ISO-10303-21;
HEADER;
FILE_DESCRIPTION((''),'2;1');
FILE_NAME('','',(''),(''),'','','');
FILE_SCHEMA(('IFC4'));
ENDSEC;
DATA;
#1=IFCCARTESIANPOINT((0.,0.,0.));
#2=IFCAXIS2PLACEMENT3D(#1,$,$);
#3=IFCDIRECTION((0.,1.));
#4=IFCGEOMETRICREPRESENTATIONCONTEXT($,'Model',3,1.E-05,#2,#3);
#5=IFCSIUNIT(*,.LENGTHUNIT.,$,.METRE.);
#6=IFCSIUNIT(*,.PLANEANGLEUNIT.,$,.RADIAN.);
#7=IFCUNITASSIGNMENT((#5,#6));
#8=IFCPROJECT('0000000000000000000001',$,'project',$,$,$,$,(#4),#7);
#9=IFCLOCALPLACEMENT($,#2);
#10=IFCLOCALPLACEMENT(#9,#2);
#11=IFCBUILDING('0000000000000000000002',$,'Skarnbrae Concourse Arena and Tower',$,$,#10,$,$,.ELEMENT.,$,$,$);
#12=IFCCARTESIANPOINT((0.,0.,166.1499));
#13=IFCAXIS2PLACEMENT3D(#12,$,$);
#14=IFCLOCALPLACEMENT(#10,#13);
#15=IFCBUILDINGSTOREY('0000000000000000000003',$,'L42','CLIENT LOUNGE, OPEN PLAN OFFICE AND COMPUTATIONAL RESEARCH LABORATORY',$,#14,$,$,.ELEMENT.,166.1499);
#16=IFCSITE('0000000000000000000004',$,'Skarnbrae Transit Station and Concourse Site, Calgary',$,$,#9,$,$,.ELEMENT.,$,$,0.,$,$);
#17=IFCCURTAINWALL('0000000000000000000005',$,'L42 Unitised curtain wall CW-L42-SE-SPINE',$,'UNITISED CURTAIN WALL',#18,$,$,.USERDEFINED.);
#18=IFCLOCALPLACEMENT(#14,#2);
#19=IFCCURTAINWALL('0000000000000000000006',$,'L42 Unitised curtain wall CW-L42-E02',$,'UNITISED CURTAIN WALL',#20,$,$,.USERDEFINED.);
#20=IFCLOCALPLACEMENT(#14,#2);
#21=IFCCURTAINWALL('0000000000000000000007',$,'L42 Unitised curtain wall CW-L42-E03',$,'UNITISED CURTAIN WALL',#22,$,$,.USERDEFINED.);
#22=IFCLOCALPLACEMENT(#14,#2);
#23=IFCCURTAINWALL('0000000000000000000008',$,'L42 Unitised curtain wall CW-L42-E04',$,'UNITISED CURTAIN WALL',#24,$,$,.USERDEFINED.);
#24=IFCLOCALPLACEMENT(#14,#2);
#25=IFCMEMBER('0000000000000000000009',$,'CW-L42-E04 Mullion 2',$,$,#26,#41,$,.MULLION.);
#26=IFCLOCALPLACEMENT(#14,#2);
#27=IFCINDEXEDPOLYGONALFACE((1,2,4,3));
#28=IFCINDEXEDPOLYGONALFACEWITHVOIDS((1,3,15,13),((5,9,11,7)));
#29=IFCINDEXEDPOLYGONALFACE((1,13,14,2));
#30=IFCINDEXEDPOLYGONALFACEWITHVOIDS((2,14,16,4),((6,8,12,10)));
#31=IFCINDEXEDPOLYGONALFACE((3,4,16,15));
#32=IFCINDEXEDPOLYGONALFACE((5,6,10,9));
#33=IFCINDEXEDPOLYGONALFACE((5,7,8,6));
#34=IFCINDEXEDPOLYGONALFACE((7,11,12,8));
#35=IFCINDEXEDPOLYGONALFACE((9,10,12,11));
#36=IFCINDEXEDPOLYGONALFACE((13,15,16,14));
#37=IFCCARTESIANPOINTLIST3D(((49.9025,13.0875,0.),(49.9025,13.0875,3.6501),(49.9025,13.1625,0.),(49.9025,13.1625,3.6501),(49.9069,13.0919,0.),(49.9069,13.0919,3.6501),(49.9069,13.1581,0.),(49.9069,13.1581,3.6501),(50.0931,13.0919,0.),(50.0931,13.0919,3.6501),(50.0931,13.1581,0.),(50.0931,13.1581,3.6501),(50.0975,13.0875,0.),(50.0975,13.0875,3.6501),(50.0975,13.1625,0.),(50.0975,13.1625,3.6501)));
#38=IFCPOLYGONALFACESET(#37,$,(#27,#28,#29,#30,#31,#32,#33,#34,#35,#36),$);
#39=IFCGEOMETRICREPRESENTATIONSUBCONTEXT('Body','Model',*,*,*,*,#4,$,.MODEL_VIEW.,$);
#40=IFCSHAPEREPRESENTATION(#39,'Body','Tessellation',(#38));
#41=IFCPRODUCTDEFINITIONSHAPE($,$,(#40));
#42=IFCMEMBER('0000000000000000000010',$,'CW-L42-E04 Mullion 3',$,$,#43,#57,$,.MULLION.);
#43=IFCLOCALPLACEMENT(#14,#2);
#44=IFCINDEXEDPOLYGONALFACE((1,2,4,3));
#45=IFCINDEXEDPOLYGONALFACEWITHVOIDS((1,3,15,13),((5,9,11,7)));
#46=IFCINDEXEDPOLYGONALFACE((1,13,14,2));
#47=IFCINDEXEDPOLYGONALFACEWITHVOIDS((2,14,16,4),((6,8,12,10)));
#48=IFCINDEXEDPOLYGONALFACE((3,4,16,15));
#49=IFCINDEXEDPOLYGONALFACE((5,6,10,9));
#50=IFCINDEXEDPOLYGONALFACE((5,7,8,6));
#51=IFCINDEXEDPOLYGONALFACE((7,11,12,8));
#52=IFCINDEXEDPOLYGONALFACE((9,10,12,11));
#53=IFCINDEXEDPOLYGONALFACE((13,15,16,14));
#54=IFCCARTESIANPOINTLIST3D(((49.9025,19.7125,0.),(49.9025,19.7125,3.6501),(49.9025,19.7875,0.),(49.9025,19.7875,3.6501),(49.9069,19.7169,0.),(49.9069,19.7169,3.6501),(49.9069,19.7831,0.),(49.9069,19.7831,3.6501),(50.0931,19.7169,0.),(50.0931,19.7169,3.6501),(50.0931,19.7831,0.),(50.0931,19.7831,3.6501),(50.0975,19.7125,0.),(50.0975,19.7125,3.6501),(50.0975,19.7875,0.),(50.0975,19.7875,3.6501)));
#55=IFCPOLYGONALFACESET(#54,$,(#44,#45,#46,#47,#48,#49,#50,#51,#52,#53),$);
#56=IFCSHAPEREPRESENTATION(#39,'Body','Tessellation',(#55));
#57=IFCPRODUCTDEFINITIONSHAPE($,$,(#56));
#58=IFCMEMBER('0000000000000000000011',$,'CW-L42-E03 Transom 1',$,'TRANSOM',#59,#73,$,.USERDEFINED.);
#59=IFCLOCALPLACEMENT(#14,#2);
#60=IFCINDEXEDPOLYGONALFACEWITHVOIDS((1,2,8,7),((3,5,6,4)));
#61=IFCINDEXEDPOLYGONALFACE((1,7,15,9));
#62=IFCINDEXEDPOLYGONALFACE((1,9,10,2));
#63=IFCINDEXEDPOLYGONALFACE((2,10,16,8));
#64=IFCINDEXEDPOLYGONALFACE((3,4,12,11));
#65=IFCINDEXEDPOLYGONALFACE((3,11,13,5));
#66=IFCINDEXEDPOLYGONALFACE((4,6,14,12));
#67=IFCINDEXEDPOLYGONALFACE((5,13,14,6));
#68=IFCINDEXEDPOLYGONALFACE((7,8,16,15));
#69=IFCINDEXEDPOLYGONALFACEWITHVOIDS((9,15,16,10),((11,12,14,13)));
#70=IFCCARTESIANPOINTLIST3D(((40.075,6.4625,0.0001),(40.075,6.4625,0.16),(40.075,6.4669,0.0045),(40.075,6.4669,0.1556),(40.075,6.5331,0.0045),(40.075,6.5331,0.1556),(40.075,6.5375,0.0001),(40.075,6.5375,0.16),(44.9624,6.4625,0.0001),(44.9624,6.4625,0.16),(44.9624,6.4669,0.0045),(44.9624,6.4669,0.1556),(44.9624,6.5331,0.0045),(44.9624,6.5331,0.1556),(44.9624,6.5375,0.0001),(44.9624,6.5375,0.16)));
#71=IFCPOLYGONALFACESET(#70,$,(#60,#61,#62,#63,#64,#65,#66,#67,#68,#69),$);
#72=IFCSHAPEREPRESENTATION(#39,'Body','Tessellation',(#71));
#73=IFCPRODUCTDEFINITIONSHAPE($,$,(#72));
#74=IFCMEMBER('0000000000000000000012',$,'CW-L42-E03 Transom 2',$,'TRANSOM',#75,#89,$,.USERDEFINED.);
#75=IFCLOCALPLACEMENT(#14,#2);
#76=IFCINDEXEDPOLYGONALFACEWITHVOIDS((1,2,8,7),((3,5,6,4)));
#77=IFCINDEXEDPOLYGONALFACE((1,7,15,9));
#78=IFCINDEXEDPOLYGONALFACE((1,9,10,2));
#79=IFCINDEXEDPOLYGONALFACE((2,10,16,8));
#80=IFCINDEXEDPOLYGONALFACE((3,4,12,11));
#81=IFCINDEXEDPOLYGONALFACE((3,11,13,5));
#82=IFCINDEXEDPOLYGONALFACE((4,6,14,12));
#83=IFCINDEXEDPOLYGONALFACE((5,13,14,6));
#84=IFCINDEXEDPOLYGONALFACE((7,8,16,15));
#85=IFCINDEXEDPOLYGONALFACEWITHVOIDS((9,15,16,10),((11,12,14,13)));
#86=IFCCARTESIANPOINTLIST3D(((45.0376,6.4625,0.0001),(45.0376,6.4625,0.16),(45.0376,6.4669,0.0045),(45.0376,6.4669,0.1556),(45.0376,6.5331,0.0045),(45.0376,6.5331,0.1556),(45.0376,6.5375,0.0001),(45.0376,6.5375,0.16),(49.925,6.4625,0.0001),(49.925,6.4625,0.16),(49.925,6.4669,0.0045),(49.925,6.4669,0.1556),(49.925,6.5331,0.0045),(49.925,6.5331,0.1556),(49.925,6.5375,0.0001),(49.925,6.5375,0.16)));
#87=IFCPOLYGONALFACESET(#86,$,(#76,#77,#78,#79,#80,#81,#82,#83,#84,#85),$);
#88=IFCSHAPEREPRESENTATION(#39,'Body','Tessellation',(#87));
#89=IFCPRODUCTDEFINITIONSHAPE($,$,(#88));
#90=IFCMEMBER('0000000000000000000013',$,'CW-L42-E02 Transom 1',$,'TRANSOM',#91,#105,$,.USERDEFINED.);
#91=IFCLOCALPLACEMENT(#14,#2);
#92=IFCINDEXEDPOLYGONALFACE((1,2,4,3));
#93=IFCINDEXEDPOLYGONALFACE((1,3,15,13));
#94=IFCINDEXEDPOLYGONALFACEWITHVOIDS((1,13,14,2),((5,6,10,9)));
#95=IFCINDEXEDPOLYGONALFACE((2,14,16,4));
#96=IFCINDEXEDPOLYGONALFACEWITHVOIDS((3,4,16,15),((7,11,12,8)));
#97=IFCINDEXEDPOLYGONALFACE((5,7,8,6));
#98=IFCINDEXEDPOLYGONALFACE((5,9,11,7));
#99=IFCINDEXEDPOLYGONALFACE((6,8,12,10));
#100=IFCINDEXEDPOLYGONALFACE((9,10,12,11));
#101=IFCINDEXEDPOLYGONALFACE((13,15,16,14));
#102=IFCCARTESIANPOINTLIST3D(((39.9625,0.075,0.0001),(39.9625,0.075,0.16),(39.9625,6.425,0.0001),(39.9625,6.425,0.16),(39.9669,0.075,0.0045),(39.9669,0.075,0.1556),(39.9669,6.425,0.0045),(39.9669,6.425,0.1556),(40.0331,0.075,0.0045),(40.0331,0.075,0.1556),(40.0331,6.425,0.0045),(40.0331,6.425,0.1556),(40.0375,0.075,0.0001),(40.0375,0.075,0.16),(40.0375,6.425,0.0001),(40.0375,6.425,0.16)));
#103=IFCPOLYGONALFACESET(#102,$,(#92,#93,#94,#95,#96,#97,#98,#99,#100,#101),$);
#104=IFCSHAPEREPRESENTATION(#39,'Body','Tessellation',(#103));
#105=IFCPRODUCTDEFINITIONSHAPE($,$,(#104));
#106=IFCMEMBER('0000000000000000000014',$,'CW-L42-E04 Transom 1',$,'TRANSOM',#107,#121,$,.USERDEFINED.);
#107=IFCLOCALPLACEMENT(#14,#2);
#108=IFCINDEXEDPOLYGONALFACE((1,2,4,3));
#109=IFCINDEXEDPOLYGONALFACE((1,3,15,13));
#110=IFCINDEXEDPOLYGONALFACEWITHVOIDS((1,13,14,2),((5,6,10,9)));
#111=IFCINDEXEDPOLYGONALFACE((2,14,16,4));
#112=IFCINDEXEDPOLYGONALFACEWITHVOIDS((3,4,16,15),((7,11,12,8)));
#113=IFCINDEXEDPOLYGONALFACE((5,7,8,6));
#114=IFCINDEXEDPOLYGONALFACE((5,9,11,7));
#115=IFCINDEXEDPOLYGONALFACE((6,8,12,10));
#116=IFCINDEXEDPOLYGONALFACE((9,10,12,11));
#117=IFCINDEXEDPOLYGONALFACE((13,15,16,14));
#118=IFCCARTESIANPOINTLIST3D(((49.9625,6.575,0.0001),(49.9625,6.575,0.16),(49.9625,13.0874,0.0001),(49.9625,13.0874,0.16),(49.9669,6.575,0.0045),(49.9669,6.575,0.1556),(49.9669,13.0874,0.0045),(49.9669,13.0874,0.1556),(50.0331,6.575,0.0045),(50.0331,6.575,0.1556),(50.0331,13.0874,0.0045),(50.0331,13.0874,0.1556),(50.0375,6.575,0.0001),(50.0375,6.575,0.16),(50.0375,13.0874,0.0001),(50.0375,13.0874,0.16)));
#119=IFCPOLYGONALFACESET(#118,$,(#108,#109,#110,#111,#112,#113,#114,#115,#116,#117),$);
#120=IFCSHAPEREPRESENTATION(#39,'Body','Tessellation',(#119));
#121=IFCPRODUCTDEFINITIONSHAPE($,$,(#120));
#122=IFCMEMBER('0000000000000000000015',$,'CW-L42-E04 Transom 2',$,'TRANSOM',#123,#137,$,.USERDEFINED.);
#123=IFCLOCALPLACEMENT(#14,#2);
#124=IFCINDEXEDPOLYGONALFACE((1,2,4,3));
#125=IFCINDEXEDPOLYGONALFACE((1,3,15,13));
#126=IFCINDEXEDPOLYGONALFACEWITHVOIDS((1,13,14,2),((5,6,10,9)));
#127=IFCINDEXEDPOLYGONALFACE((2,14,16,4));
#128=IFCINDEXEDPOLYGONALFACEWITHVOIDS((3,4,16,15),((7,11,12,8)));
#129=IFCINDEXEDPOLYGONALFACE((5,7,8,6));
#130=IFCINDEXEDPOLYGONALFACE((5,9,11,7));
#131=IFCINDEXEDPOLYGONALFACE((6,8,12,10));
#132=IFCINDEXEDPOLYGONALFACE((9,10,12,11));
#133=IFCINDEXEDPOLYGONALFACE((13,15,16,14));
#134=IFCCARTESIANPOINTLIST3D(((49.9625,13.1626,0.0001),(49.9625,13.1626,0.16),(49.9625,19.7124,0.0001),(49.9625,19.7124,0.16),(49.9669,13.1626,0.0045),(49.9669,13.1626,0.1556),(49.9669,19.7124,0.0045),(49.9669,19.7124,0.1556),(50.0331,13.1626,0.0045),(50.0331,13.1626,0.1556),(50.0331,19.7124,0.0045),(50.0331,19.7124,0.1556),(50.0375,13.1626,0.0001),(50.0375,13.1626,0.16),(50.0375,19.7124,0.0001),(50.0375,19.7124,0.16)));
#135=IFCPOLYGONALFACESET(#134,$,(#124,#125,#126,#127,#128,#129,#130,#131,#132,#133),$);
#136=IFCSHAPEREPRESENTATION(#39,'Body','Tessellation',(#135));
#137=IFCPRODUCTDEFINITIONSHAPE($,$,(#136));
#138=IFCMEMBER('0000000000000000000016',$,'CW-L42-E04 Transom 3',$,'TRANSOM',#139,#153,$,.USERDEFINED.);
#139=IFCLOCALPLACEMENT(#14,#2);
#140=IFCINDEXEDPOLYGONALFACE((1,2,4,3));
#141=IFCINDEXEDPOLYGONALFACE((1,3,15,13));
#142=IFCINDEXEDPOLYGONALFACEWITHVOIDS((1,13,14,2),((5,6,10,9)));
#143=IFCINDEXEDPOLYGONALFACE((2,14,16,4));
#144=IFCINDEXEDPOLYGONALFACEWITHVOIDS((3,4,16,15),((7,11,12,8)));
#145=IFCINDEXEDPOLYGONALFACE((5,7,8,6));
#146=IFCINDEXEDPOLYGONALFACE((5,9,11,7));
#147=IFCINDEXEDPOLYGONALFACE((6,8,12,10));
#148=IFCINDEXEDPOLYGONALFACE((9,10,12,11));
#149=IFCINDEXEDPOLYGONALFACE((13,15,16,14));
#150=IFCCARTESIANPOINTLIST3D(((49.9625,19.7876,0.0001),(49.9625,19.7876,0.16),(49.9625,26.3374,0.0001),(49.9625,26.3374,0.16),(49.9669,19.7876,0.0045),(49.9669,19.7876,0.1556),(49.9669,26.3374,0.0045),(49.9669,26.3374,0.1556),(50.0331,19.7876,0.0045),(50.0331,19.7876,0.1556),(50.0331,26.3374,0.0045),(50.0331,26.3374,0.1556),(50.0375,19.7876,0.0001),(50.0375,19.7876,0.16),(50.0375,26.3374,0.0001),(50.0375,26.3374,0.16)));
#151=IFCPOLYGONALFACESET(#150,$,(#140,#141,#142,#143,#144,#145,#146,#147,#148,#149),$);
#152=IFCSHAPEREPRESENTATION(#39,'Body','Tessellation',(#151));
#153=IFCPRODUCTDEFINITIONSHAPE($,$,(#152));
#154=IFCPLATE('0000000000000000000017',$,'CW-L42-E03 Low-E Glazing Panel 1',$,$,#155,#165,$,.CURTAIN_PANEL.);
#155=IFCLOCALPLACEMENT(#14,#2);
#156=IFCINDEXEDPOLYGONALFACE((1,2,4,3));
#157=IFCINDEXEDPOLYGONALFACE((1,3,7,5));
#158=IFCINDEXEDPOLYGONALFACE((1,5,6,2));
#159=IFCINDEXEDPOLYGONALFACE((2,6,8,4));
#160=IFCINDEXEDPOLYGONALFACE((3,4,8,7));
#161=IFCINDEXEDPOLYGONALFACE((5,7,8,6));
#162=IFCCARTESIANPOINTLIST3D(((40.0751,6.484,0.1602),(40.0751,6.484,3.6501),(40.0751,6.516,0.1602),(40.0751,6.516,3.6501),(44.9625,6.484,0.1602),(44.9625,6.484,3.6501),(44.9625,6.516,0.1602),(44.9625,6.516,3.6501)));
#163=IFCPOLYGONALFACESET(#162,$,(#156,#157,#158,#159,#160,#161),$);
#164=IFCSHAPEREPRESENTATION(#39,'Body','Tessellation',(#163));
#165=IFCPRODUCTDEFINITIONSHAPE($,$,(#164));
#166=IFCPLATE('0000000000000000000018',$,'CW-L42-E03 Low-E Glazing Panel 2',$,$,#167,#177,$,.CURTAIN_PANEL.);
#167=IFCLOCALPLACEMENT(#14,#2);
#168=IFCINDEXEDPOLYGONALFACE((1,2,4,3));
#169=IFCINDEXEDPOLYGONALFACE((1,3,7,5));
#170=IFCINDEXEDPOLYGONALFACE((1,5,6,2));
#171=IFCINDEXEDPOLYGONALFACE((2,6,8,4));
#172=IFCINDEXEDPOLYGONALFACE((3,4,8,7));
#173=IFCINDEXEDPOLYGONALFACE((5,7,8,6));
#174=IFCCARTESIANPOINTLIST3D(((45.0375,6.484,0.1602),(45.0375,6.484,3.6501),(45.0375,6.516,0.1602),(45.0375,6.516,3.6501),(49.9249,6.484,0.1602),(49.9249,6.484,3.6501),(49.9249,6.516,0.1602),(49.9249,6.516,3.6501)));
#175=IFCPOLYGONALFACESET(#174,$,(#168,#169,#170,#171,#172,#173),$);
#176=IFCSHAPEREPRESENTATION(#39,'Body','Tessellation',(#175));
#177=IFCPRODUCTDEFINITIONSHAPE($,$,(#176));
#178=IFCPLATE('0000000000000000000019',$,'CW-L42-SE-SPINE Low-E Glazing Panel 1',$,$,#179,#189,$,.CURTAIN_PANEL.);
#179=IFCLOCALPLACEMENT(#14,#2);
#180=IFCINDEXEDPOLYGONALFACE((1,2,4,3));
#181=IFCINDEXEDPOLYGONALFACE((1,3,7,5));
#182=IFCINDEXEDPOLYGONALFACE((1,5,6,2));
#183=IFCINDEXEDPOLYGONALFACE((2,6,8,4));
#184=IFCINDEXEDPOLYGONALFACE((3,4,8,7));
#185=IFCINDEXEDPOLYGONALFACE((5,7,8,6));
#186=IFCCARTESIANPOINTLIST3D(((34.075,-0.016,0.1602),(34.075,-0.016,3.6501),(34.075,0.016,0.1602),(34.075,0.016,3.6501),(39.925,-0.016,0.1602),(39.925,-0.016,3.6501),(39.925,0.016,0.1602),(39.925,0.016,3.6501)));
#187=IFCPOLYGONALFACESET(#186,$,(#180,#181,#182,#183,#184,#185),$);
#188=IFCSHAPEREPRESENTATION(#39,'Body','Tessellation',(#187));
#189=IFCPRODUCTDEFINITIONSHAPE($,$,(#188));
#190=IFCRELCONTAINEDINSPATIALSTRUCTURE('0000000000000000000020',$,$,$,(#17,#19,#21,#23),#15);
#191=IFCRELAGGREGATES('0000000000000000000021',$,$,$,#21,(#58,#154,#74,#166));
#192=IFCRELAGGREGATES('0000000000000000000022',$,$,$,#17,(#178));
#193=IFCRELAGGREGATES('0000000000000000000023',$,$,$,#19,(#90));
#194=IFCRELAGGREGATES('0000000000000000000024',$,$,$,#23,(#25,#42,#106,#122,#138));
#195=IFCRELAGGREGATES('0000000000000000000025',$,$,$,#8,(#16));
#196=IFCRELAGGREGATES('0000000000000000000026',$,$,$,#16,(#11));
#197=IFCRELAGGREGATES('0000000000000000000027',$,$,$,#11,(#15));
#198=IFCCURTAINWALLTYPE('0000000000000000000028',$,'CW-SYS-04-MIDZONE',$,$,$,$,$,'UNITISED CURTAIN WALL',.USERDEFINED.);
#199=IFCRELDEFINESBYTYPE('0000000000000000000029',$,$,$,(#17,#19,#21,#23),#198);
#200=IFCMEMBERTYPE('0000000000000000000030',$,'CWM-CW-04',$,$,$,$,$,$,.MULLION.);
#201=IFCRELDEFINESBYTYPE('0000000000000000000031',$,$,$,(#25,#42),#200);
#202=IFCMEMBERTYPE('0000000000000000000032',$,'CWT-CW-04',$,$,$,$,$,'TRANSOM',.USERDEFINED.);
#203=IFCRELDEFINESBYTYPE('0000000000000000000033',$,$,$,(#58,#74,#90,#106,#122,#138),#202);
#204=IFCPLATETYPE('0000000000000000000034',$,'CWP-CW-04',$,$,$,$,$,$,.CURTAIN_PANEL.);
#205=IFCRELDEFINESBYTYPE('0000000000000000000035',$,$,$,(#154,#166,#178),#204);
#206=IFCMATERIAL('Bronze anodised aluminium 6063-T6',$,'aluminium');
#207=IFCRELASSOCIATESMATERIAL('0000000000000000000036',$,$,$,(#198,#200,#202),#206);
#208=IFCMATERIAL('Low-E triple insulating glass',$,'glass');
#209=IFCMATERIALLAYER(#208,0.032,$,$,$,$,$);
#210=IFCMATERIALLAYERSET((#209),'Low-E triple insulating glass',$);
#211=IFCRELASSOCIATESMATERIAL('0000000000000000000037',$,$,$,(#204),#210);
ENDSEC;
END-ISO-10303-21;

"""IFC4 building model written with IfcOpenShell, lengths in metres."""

from ifc_helpers import new_model, si_unit, direction, frame, origin, origin_2d, place, context, subcontext, project, spatial, rectangle, hollow_rectangle, extrude, source, transform, mapped, material, layer, layer_set, material_profile, profile_set, type_object, element, aggregate, save


model = new_model("IFC4")

# Units and contexts
model_context = context("Model", 3, precision=1e-05, world=origin(), true_north=direction((0.0, 1.0)))
body_context = subcontext(model_context, "Body", "Model", "MODEL_VIEW")
ifc_project = project(units=[si_unit("LENGTHUNIT", "METRE"), si_unit("PLANEANGLEUNIT", "RADIAN")], contexts=[model_context])

# Site, building, storey
site_placement = place(None, origin())
site = spatial("IfcSite", under=ifc_project, at=site_placement, Name="Skarnbrae Transit Station and Concourse Site, Calgary", CompositionType="ELEMENT", RefElevation=0.0)
building_placement = place(site_placement, origin())
building = spatial("IfcBuilding", under=site, at=building_placement, Name="Skarnbrae Concourse Arena and Tower", CompositionType="ELEMENT")
storey_placement = place(building_placement, frame((0.0, 0.0, 166.1499)))
storey = spatial("IfcBuildingStorey", under=building, at=storey_placement, Name="L42", Description="CLIENT LOUNGE, OPEN PLAN OFFICE AND COMPUTATIONAL RESEARCH LABORATORY", CompositionType="ELEMENT", Elevation=166.1499)

# Curtain wall
ifc_material_1 = material(Name="Bronze anodised aluminium 6063-T6", Category="aluminium")
curtain_wall_type = type_object("IfcCurtainWallType", Name="CW-SYS-04-MIDZONE", ElementType="UNITISED CURTAIN WALL", PredefinedType="USERDEFINED", material=ifc_material_1)
curtain_wall_1_placement = place(storey_placement, origin())
curtain_wall_1 = element("IfcCurtainWall", 1, at=curtain_wall_1_placement, inside=storey, type_object=curtain_wall_type, Name="L42 Unitised curtain wall CW-L42-SE-SPINE", ObjectType="UNITISED CURTAIN WALL", PredefinedType="USERDEFINED")
ifc_material_profile_1 = material_profile(ifc_material_1, hollow_rectangle(XDim=0.075, YDim=0.1951, WallThickness=0.0044, at=origin_2d()), Name="ALU-MULL-75X195")
ifc_profile_set_1 = profile_set([ifc_material_profile_1], Name="Bronze anodised aluminium 6063-T6")
member_type_1 = type_object("IfcMemberType", Name="CWM-CW-04", PredefinedType="MULLION", material=ifc_profile_set_1)
shared_shape_1 = source(origin(), body_context, "Body", "SweptSolid", [
    extrude(hollow_rectangle(XDim=0.075, YDim=0.1951, WallThickness=0.0044, at=origin_2d()), origin(), (0.0, 0.0, 1.0), 3.6501),
])

# Curtain walls, members
curtain_wall_2_placement = place(storey_placement, origin())
curtain_wall_2 = element("IfcCurtainWall", 2, at=curtain_wall_2_placement, inside=storey, type_object=curtain_wall_type, Name="L42 Unitised curtain wall CW-L42-E02", ObjectType="UNITISED CURTAIN WALL", PredefinedType="USERDEFINED")
curtain_wall_3_placement = place(storey_placement, origin())
curtain_wall_3 = element("IfcCurtainWall", 3, at=curtain_wall_3_placement, inside=storey, type_object=curtain_wall_type, Name="L42 Unitised curtain wall CW-L42-E03", ObjectType="UNITISED CURTAIN WALL", PredefinedType="USERDEFINED")
curtain_wall_4_placement = place(storey_placement, origin())
curtain_wall_4 = element("IfcCurtainWall", 4, at=curtain_wall_4_placement, inside=storey, type_object=curtain_wall_type, Name="L42 Unitised curtain wall CW-L42-E04", ObjectType="UNITISED CURTAIN WALL", PredefinedType="USERDEFINED")
member_1_placement = place(storey_placement, frame((50.0, 13.125, 0.0), z_axis=(0.0, 0.0, 1.0), x_axis=(0.0, 1.0, 0.0)))
member_1 = element("IfcMember", 5, at=member_1_placement, type_object=member_type_1, Name="CW-L42-E04 Mullion 2", PredefinedType="MULLION", context=body_context, shape_type="MappedRepresentation", body=[
    mapped(shared_shape_1, transform((0.0, 0.0, 0.0))),
])
member_2_placement = place(storey_placement, frame((50.0, 19.75, 0.0), z_axis=(0.0, 0.0, 1.0), x_axis=(0.0, 1.0, 0.0)))
member_2 = element("IfcMember", 6, at=member_2_placement, type_object=member_type_1, Name="CW-L42-E04 Mullion 3", PredefinedType="MULLION", context=body_context, shape_type="MappedRepresentation", body=[
    mapped(shared_shape_1, transform((0.0, 0.0, 0.0))),
])

# Members
ifc_material_profile_2 = material_profile(ifc_material_1, hollow_rectangle(XDim=0.075, YDim=0.1599, WallThickness=0.0044, at=origin_2d()), Name="ALU-TRAN-75X160")
ifc_profile_set_2 = profile_set([ifc_material_profile_2], Name="Bronze anodised aluminium 6063-T6")
member_type_2 = type_object("IfcMemberType", Name="CWT-CW-04", ElementType="TRANSOM", PredefinedType="USERDEFINED", material=ifc_profile_set_2)
shared_shape_2 = source(origin(), body_context, "Body", "SweptSolid", [
    extrude(hollow_rectangle(XDim=0.075, YDim=0.1599, WallThickness=0.0044, at=origin_2d()), origin(), (0.0, 0.0, 1.0), 4.8875),
])
member_3_placement = place(storey_placement, frame((40.075, 6.5, 0.0801), z_axis=(1.0, 0.0, 0.0), x_axis=(0.0, 1.0, 0.0)))
member_3 = element("IfcMember", 7, at=member_3_placement, type_object=member_type_2, Name="CW-L42-E03 Transom 1", ObjectType="TRANSOM", PredefinedType="USERDEFINED", context=body_context, shape_type="MappedRepresentation", body=[
    mapped(shared_shape_2, transform((0.0, 0.0, 0.0))),
])
member_4_placement = place(storey_placement, frame((45.0376, 6.5, 0.0801), z_axis=(1.0, 0.0, 0.0), x_axis=(0.0, 1.0, 0.0)))
member_4 = element("IfcMember", 8, at=member_4_placement, type_object=member_type_2, Name="CW-L42-E03 Transom 2", ObjectType="TRANSOM", PredefinedType="USERDEFINED", context=body_context, shape_type="MappedRepresentation", body=[
    mapped(shared_shape_2, transform((0.0, 0.0, 0.0))),
])
shared_shape_3 = source(origin(), body_context, "Body", "SweptSolid", [
    extrude(hollow_rectangle(XDim=0.075, YDim=0.1599, WallThickness=0.0044, at=origin_2d()), origin(), (0.0, 0.0, 1.0), 6.3501),
])
member_5_placement = place(storey_placement, frame((40.0, 0.075, 0.0801), z_axis=(0.0, 1.0, 0.0), x_axis=(-1.0, 0.0, 0.0)))
member_5 = element("IfcMember", 9, at=member_5_placement, type_object=member_type_2, Name="CW-L42-E02 Transom 1", ObjectType="TRANSOM", PredefinedType="USERDEFINED", context=body_context, shape_type="MappedRepresentation", body=[
    mapped(shared_shape_3, transform((0.0, 0.0, 0.0))),
])
shared_shape_4 = source(origin(), body_context, "Body", "SweptSolid", [
    extrude(hollow_rectangle(XDim=0.075, YDim=0.1599, WallThickness=0.0044, at=origin_2d()), origin(), (0.0, 0.0, 1.0), 6.5125),
])
member_6_placement = place(storey_placement, frame((50.0, 6.575, 0.0801), z_axis=(0.0, 1.0, 0.0), x_axis=(-1.0, 0.0, 0.0)))
member_6 = element("IfcMember", 10, at=member_6_placement, type_object=member_type_2, Name="CW-L42-E04 Transom 1", ObjectType="TRANSOM", PredefinedType="USERDEFINED", context=body_context, shape_type="MappedRepresentation", body=[
    mapped(shared_shape_4, transform((0.0, 0.0, 0.0))),
])
shared_shape_5 = source(origin(), body_context, "Body", "SweptSolid", [
    extrude(hollow_rectangle(XDim=0.075, YDim=0.1599, WallThickness=0.0044, at=origin_2d()), origin(), (0.0, 0.0, 1.0), 6.5498),
])
member_7_placement = place(storey_placement, frame((50.0, 13.1626, 0.0801), z_axis=(0.0, 1.0, 0.0), x_axis=(-1.0, 0.0, 0.0)))
member_7 = element("IfcMember", 11, at=member_7_placement, type_object=member_type_2, Name="CW-L42-E04 Transom 2", ObjectType="TRANSOM", PredefinedType="USERDEFINED", context=body_context, shape_type="MappedRepresentation", body=[
    mapped(shared_shape_5, transform((0.0, 0.0, 0.0))),
])
member_8_placement = place(storey_placement, frame((50.0, 19.7876, 0.0801), z_axis=(0.0, 1.0, 0.0), x_axis=(-1.0, 0.0, 0.0)))
member_8 = element("IfcMember", 12, at=member_8_placement, type_object=member_type_2, Name="CW-L42-E04 Transom 3", ObjectType="TRANSOM", PredefinedType="USERDEFINED", context=body_context, shape_type="MappedRepresentation", body=[
    mapped(shared_shape_5, transform((0.0, 0.0, 0.0))),
])

# Plates
ifc_material_2 = material(Name="Low-E triple insulating glass", Category="glass")
ifc_layer_1 = layer(ifc_material_2, 0.032)
ifc_layer_set_1 = layer_set([ifc_layer_1], Name="Low-E triple insulating glass")
plate_type = type_object("IfcPlateType", Name="CWP-CW-04", PredefinedType="CURTAIN_PANEL", material=ifc_layer_set_1)
shared_shape_6 = source(origin(), body_context, "Body", "SweptSolid", [
    extrude(rectangle(XDim=4.8875, YDim=0.032, at=origin_2d()), origin(), (0.0, 0.0, 1.0), 3.49),
])
plate_1_placement = place(storey_placement, frame((42.5188, 6.5, 0.1602), z_axis=(0.0, 0.0, 1.0), x_axis=(1.0, 0.0, 0.0)))
plate_1 = element("IfcPlate", 13, at=plate_1_placement, type_object=plate_type, Name="CW-L42-E03 Low-E Glazing Panel 1", PredefinedType="CURTAIN_PANEL", context=body_context, shape_type="MappedRepresentation", body=[
    mapped(shared_shape_6, transform((0.0, 0.0, 0.0))),
])
plate_2_placement = place(storey_placement, frame((47.4812, 6.5, 0.1602), z_axis=(0.0, 0.0, 1.0), x_axis=(1.0, 0.0, 0.0)))
plate_2 = element("IfcPlate", 14, at=plate_2_placement, type_object=plate_type, Name="CW-L42-E03 Low-E Glazing Panel 2", PredefinedType="CURTAIN_PANEL", context=body_context, shape_type="MappedRepresentation", body=[
    mapped(shared_shape_6, transform((0.0, 0.0, 0.0))),
])
aggregate(curtain_wall_3, [member_3, plate_1, member_4, plate_2])
shared_shape_7 = source(origin(), body_context, "Body", "SweptSolid", [
    extrude(rectangle(XDim=5.8501, YDim=0.032, at=origin_2d()), origin(), (0.0, 0.0, 1.0), 3.49),
])
plate_3_placement = place(storey_placement, frame((37.0, 0.0, 0.1602), z_axis=(0.0, 0.0, 1.0), x_axis=(1.0, 0.0, 0.0)))
plate_3 = element("IfcPlate", 15, at=plate_3_placement, type_object=plate_type, Name="CW-L42-SE-SPINE Low-E Glazing Panel 1", PredefinedType="CURTAIN_PANEL", context=body_context, shape_type="MappedRepresentation", body=[
    mapped(shared_shape_7, transform((0.0, 0.0, 0.0))),
])
aggregate(curtain_wall_1, [plate_3])
aggregate(curtain_wall_2, [member_5])
aggregate(curtain_wall_4, [member_1, member_2, member_6, member_7, member_8])

save(model, "model.ifc")
